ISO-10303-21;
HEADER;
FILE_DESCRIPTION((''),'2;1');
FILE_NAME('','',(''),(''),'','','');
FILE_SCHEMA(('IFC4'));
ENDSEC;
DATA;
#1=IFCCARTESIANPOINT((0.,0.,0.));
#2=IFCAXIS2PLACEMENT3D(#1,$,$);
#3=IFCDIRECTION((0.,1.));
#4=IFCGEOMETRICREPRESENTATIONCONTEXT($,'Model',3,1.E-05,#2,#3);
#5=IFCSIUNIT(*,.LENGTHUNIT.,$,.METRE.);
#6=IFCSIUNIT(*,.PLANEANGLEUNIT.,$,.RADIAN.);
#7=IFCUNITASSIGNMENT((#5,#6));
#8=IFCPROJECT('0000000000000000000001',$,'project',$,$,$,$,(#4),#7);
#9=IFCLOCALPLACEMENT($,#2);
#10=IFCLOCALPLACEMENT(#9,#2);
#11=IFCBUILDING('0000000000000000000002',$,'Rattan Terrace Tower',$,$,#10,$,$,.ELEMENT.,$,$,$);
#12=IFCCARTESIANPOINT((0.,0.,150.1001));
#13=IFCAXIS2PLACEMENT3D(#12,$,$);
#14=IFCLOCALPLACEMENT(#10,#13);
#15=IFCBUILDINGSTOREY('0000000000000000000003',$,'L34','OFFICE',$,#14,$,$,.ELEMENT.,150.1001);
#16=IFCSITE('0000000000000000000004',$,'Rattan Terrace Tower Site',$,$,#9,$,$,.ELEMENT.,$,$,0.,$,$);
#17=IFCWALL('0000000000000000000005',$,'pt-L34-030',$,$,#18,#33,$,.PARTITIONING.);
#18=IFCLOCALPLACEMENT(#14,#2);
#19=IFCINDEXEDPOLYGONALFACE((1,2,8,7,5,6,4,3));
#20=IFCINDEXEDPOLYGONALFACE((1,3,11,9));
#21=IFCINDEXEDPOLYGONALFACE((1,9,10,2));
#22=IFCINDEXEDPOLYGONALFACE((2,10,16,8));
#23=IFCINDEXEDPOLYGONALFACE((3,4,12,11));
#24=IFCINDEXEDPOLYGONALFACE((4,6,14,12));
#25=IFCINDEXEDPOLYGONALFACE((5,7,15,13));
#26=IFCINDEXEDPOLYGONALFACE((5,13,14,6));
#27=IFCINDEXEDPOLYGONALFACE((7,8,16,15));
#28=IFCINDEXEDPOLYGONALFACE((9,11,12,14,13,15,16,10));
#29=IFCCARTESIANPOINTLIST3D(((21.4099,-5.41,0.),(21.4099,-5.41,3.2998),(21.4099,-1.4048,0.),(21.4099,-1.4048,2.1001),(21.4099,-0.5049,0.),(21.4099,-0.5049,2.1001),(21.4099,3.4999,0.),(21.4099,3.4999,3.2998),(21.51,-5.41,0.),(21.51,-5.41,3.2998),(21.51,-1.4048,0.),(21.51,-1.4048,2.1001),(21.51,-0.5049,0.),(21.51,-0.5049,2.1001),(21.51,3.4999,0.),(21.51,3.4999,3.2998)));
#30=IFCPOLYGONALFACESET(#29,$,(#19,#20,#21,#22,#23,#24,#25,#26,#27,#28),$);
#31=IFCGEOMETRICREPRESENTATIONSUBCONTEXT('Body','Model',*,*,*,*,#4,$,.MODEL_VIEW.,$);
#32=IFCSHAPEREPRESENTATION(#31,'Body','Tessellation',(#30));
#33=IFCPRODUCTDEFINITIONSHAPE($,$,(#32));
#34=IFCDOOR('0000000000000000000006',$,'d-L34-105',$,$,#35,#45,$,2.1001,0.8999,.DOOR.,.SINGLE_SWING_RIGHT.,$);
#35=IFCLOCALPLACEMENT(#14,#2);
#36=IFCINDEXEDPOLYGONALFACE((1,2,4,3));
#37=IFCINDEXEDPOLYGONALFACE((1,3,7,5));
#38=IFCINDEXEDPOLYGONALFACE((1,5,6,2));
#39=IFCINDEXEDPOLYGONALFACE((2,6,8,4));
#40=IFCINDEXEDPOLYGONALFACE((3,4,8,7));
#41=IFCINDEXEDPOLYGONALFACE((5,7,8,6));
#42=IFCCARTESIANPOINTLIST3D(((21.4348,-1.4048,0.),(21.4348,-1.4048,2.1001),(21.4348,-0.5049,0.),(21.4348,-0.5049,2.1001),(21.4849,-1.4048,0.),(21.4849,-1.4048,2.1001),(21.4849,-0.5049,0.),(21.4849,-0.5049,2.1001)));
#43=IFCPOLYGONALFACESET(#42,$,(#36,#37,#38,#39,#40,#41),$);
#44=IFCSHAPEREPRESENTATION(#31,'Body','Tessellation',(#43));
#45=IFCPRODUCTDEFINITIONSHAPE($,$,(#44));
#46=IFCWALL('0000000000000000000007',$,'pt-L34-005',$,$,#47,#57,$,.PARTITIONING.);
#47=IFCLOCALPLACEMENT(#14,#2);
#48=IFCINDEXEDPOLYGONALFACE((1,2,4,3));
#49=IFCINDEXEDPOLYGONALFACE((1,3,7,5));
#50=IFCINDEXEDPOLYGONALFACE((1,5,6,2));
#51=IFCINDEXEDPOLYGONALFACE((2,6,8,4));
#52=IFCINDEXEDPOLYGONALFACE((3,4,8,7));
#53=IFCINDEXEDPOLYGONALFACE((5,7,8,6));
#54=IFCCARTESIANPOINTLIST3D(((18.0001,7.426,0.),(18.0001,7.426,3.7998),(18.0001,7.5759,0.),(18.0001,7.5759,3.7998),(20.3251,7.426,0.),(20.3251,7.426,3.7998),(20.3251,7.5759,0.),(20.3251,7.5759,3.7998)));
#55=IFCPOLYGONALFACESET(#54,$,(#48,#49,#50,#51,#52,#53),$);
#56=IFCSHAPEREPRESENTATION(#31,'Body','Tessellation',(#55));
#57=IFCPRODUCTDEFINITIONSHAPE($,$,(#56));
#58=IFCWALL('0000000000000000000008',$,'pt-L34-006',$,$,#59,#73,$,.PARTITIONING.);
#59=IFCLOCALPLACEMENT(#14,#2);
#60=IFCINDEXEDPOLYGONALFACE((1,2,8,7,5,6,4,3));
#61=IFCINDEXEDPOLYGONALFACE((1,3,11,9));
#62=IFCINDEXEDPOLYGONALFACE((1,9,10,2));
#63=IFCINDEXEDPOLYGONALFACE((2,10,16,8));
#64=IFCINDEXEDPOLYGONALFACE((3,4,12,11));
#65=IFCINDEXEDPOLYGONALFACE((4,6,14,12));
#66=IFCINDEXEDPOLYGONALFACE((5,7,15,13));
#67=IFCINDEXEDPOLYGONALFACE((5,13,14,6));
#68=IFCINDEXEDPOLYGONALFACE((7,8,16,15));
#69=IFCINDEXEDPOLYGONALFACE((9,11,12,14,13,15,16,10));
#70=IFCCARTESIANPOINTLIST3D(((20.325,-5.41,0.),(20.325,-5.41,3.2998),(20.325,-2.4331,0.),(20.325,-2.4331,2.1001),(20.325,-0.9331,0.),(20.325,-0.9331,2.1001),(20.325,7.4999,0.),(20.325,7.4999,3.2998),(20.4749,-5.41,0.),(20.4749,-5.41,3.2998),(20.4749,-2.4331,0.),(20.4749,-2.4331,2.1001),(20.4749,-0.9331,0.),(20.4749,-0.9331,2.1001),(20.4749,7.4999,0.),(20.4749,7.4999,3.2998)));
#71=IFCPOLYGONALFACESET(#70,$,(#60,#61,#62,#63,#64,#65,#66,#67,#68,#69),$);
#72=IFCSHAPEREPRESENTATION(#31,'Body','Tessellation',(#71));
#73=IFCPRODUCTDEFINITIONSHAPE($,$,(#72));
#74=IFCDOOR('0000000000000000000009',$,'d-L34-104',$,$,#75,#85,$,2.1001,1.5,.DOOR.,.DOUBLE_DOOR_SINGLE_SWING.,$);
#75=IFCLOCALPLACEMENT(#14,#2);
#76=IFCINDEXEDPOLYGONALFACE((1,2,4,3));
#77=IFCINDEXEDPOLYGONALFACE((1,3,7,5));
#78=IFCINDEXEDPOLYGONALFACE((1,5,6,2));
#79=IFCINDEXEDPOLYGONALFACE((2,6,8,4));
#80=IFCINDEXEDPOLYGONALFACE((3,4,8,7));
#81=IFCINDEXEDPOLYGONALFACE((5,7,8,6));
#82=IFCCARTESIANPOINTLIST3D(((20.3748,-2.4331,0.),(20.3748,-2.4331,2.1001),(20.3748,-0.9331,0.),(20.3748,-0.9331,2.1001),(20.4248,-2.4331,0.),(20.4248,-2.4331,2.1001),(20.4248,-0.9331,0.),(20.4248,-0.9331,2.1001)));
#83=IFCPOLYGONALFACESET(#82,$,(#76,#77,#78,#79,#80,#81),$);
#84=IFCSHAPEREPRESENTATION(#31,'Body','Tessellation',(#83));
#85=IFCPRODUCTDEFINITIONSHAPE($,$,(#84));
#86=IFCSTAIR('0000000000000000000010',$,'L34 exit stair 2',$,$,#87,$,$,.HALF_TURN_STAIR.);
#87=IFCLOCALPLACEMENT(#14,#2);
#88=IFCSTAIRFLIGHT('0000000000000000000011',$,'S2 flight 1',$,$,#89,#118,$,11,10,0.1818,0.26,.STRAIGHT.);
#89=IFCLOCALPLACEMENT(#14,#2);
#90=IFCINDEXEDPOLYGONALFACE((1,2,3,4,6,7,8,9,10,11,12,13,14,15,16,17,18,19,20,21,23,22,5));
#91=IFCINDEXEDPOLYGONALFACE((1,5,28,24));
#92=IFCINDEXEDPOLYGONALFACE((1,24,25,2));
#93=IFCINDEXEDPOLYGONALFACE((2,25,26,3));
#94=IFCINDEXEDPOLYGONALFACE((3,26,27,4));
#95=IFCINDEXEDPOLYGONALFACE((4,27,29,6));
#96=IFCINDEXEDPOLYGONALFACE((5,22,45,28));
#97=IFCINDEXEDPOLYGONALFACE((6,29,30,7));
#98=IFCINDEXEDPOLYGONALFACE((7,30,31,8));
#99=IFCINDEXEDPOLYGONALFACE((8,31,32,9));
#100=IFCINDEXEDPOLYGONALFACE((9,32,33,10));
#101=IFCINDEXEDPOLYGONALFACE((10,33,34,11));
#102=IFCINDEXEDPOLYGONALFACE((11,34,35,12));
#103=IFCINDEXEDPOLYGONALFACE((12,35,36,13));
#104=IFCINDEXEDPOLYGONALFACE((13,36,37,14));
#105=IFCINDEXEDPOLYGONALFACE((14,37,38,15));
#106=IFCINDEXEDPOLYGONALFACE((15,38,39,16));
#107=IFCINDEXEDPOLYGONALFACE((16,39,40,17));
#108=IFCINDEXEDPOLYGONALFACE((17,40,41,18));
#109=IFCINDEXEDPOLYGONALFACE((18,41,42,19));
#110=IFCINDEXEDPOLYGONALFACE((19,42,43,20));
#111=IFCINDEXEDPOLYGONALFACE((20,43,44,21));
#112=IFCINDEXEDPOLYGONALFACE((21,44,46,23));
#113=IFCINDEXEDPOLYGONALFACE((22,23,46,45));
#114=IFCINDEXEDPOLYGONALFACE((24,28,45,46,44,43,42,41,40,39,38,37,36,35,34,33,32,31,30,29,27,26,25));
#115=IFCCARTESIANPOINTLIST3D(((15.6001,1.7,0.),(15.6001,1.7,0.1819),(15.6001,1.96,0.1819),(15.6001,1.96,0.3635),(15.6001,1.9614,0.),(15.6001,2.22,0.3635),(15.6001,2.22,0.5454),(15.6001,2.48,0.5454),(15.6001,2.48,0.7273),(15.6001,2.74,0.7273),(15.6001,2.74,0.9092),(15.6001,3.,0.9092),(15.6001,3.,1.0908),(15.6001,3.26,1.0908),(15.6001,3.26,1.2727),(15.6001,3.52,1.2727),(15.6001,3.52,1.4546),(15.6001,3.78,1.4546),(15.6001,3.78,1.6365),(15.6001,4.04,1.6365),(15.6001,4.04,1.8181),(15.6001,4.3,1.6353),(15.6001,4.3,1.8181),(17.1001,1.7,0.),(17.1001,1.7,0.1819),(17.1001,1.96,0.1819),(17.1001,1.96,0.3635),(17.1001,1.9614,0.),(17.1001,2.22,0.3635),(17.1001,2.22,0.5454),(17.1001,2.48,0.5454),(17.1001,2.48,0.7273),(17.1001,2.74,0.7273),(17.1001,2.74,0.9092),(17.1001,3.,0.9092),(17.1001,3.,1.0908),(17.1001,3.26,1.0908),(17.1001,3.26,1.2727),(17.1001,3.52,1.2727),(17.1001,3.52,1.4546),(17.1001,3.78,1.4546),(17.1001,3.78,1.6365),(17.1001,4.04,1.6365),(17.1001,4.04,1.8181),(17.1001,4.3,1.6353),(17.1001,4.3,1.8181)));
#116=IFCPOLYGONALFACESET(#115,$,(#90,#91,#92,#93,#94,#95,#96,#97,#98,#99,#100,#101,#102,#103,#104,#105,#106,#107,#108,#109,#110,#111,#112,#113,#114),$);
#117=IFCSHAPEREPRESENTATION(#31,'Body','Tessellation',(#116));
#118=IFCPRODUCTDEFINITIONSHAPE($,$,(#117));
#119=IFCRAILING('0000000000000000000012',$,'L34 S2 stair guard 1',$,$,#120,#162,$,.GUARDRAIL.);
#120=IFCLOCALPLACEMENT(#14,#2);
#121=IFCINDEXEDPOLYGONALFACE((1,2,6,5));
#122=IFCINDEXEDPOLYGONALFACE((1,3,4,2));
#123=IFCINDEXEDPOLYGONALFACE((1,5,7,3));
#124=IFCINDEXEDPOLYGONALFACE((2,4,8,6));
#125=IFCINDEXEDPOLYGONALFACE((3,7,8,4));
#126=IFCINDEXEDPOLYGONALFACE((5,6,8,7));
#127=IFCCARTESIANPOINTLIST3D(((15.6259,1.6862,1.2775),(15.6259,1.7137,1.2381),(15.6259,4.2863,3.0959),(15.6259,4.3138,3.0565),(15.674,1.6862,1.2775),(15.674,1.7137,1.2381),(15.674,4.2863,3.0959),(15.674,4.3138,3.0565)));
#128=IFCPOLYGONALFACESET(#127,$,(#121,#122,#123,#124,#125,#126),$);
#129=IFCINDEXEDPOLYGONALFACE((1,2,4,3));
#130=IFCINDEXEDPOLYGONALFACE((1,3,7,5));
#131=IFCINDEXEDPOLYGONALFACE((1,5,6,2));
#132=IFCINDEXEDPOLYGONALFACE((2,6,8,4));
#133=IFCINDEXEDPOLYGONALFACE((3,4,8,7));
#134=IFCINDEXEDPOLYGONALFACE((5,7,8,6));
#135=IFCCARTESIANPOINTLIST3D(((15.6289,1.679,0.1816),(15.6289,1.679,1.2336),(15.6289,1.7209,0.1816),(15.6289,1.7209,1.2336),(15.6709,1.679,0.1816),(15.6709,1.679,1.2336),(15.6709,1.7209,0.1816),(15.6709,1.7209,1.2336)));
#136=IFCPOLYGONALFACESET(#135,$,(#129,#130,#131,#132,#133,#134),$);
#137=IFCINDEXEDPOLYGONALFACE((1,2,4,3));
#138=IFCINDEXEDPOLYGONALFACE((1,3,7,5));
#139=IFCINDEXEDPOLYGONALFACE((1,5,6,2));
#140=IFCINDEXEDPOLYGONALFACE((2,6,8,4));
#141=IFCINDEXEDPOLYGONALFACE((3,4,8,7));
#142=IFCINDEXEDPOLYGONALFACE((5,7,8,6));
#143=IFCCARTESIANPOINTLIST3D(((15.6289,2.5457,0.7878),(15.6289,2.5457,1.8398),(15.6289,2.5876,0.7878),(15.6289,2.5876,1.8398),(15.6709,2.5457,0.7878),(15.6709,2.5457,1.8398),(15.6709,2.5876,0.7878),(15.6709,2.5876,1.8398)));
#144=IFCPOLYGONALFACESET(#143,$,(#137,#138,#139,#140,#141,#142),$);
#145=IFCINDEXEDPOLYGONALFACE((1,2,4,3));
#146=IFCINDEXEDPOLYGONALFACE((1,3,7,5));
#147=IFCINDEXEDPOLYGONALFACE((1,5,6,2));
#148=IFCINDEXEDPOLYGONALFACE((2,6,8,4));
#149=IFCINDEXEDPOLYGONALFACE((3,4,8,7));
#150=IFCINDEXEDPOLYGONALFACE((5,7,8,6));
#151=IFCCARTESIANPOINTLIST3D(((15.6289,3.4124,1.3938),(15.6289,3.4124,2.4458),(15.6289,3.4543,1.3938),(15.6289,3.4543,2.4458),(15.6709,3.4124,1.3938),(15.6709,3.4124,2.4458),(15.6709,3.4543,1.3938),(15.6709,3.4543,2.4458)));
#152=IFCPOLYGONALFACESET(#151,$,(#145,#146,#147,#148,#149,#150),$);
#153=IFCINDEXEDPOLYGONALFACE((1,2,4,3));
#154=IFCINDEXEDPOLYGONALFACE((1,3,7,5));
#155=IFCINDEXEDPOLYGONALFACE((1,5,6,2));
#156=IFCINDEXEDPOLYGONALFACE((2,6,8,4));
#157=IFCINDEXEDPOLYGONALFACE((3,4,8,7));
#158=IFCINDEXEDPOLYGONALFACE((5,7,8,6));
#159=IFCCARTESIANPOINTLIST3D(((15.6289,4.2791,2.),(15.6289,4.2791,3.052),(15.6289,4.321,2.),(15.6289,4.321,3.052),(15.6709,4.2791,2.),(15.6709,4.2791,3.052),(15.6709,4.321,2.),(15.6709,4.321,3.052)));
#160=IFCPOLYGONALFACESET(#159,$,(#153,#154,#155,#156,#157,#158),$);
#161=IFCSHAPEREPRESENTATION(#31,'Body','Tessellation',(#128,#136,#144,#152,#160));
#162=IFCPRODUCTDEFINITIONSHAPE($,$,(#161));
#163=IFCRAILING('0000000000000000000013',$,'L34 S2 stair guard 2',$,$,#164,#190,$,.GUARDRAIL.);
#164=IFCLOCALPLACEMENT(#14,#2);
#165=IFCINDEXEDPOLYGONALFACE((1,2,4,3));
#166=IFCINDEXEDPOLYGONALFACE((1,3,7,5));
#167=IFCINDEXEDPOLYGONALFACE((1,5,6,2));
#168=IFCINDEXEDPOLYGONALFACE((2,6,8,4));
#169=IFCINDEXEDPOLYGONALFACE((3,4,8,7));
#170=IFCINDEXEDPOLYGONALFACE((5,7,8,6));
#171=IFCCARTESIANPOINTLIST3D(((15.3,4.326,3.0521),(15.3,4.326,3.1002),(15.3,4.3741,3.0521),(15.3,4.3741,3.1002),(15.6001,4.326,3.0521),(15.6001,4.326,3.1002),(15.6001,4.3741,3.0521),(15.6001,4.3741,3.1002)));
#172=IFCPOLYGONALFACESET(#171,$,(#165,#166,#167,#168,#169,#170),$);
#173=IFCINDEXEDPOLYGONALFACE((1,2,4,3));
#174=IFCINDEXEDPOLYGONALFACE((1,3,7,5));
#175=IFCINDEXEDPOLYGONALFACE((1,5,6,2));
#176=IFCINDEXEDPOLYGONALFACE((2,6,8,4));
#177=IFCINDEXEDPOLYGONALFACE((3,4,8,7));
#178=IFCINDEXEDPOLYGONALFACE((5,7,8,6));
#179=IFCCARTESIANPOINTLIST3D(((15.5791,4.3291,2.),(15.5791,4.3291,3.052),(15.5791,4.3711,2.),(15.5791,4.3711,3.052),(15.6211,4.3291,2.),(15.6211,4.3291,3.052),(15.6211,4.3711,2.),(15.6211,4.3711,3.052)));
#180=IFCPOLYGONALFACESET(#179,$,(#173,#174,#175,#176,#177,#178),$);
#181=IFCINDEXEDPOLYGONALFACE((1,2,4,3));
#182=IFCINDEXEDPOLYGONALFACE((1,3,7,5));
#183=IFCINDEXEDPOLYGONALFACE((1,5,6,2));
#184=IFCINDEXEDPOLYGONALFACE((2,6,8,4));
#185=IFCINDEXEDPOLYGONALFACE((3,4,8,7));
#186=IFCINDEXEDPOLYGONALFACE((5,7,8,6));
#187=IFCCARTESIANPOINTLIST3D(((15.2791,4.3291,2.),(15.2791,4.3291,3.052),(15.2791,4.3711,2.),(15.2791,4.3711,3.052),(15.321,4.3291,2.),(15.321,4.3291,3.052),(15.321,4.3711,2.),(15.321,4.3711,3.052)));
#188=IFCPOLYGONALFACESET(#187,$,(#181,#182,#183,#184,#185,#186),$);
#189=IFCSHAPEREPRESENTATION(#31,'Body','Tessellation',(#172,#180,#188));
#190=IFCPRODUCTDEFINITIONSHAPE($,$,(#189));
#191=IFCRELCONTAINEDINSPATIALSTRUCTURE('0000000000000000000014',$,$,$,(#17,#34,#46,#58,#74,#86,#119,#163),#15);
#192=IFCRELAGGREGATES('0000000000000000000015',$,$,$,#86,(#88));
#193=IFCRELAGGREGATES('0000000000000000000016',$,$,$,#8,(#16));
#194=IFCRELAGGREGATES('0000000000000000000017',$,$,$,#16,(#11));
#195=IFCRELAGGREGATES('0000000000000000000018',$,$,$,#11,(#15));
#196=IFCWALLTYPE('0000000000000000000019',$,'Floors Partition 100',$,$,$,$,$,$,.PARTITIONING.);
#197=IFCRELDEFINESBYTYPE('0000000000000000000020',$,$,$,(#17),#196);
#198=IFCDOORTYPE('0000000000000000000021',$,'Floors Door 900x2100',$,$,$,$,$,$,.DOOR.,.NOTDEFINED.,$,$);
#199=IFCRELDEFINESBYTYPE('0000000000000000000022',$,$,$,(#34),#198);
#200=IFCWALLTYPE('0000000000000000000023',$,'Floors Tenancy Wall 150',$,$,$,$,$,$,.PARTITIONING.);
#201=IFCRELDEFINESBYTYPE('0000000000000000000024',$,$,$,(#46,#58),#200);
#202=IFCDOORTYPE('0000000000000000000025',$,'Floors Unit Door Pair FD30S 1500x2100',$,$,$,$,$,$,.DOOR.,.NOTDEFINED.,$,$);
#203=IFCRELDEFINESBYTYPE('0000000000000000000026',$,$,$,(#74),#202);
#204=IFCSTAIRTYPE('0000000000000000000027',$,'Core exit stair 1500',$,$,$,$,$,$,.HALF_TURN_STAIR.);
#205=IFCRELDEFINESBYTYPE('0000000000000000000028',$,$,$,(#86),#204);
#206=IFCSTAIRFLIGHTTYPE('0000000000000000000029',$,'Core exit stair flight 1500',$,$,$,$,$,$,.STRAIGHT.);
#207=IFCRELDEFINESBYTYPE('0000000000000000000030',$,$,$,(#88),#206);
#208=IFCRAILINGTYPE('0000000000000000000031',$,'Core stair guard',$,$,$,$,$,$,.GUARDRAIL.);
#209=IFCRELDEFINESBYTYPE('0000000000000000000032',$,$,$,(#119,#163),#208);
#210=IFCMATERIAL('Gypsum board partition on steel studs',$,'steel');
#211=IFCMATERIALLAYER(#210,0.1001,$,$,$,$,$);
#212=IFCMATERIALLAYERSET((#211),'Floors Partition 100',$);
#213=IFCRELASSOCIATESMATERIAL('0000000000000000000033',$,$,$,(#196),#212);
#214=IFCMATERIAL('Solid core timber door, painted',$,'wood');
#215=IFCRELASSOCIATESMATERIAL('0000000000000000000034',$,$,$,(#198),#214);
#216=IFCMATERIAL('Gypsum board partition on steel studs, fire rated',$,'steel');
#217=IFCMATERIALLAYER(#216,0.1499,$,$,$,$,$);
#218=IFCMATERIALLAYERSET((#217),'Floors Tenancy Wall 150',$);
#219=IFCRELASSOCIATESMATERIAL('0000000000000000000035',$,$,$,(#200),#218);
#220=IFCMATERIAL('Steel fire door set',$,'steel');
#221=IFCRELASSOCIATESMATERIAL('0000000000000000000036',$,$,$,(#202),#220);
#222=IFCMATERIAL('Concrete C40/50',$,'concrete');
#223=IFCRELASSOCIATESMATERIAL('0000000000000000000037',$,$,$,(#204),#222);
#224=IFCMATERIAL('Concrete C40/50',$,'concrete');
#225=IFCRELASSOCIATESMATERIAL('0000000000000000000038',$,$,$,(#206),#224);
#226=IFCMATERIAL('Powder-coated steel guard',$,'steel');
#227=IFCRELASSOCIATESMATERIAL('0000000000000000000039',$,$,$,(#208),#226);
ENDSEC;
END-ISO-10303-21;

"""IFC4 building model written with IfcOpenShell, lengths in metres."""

from ifc_helpers import new_model, si_unit, direction, frame, frame_2d, origin, origin_2d, place, context, subcontext, project, spatial, polyline, rectangle, outline, extrude, material, layer, layer_set, type_object, element, fill, aggregate, save


model = new_model("IFC4")

# Units and contexts
model_context = context("Model", 3, precision=1e-05, world=origin(), true_north=direction((0.0, 1.0)))
body_context = subcontext(model_context, "Body", "Model", "MODEL_VIEW")
ifc_project = project(units=[si_unit("LENGTHUNIT", "METRE"), si_unit("PLANEANGLEUNIT", "RADIAN")], contexts=[model_context])

# Site, building, storey
site_placement = place(None, origin())
site = spatial("IfcSite", under=ifc_project, at=site_placement, Name="Rattan Terrace Tower Site", CompositionType="ELEMENT", RefElevation=0.0)
building_placement = place(site_placement, origin())
building = spatial("IfcBuilding", under=site, at=building_placement, Name="Rattan Terrace Tower", CompositionType="ELEMENT")
storey_placement = place(building_placement, frame((0.0, 0.0, 150.1001)))
storey = spatial("IfcBuildingStorey", under=building, at=storey_placement, Name="L34", Description="OFFICE", CompositionType="ELEMENT", Elevation=150.1001)

# Wall, opening, door
ifc_material_1 = material(Name="Gypsum board partition on steel studs", Category="steel")
ifc_layer_1 = layer(ifc_material_1, 0.1001)
ifc_layer_set_1 = layer_set([ifc_layer_1], Name="Floors Partition 100")
wall_type_1 = type_object("IfcWallType", Name="Floors Partition 100", PredefinedType="PARTITIONING", material=ifc_layer_set_1)
wall_1_placement = place(storey_placement, frame((21.46, 3.5, 0.0), z_axis=(0.0, 0.0, 1.0), x_axis=(0.0, -1.0, 0.0)))
wall_1 = element("IfcWall", 1, at=wall_1_placement, inside=storey, type_object=wall_type_1, Name="pt-L34-030", PredefinedType="PARTITIONING", context=body_context, shape_type="SweptSolid", body=[
    extrude(rectangle(XDim=8.9099, YDim=0.1001, at=frame_2d((4.4551, 0.0))), origin(), (0.0, 0.0, 1.0), 3.2998),
])
opening_1_placement = place(wall_1_placement, frame((4.0049, 0.0, 0.0)))
opening_1 = element("IfcOpeningElement", 2, at=opening_1_placement, cuts=wall_1, PredefinedType="OPENING", context=body_context, shape_type="SweptSolid", body=[
    extrude(rectangle(XDim=0.8999, YDim=2.1001, at=frame_2d((0.45, 1.05))), frame((0.0, 0.0605, 0.0), z_axis=(0.0, -1.0, 0.0), x_axis=(1.0, 0.0, 0.0)), (0.0, 0.0, 1.0), 0.1211),
])
ifc_material_2 = material(Name="Solid core timber door, painted", Category="wood")
door_type_1 = type_object("IfcDoorType", Name="Floors Door 900x2100", OperationType="NOTDEFINED", PredefinedType="DOOR", material=ifc_material_2)
door_1_placement = place(opening_1_placement, origin())
door_1 = element("IfcDoor", 3, at=door_1_placement, inside=storey, type_object=door_type_1, Name="d-L34-105", OperationType="SINGLE_SWING_RIGHT", OverallHeight=2.1001, OverallWidth=0.8999, PredefinedType="DOOR", context=body_context, shape_type="SweptSolid", body=[
    extrude(rectangle(XDim=0.8999, YDim=2.1001, at=frame_2d((0.45, 1.05))), frame((0.0, 0.0249, 0.0), z_axis=(0.0, -1.0, 0.0), x_axis=(1.0, 0.0, 0.0)), (0.0, 0.0, 1.0), 0.05),
])
fill(opening_1, door_1)

# Wall
ifc_material_3 = material(Name="Gypsum board partition on steel studs, fire rated", Category="steel")
ifc_layer_2 = layer(ifc_material_3, 0.1499)
ifc_layer_set_2 = layer_set([ifc_layer_2], Name="Floors Tenancy Wall 150")
wall_type_2 = type_object("IfcWallType", Name="Floors Tenancy Wall 150", PredefinedType="PARTITIONING", material=ifc_layer_set_2)
wall_2_placement = place(storey_placement, frame((18.0, 7.501, 0.0), z_axis=(0.0, 0.0, 1.0), x_axis=(1.0, 0.0, 0.0)))
element("IfcWall", 4, at=wall_2_placement, inside=storey, type_object=wall_type_2, Name="pt-L34-005", PredefinedType="PARTITIONING", context=body_context, shape_type="SweptSolid", body=[
    extrude(rectangle(XDim=2.325, YDim=0.1499, at=frame_2d((1.1626, 0.0))), origin(), (0.0, 0.0, 1.0), 3.7998),
])

# Wall, opening, door
wall_3_placement = place(storey_placement, frame((20.3999, 7.5, 0.0), z_axis=(0.0, 0.0, 1.0), x_axis=(0.0, -1.0, 0.0)))
wall_3 = element("IfcWall", 5, at=wall_3_placement, inside=storey, type_object=wall_type_2, Name="pt-L34-006", PredefinedType="PARTITIONING", context=body_context, shape_type="SweptSolid", body=[
    extrude(rectangle(XDim=12.9099, YDim=0.1499, at=frame_2d((6.4551, 0.0))), origin(), (0.0, 0.0, 1.0), 3.2998),
])
opening_2_placement = place(wall_3_placement, frame((8.4331, 0.0, 0.0)))
opening_2 = element("IfcOpeningElement", 6, at=opening_2_placement, cuts=wall_3, PredefinedType="OPENING", context=body_context, shape_type="SweptSolid", body=[
    extrude(rectangle(XDim=1.5, YDim=2.1001, at=frame_2d((0.75, 1.05))), frame((0.0, 0.0854, 0.0), z_axis=(0.0, -1.0, 0.0), x_axis=(1.0, 0.0, 0.0)), (0.0, 0.0, 1.0), 0.1709),
])
ifc_material_4 = material(Name="Steel fire door set", Category="steel")
door_type_2 = type_object("IfcDoorType", Name="Floors Unit Door Pair FD30S 1500x2100", OperationType="NOTDEFINED", PredefinedType="DOOR", material=ifc_material_4)
door_2_placement = place(opening_2_placement, origin())
door_2 = element("IfcDoor", 7, at=door_2_placement, inside=storey, type_object=door_type_2, Name="d-L34-104", OperationType="DOUBLE_DOOR_SINGLE_SWING", OverallHeight=2.1001, OverallWidth=1.5, PredefinedType="DOOR", context=body_context, shape_type="SweptSolid", body=[
    extrude(rectangle(XDim=1.5, YDim=2.1001, at=frame_2d((0.75, 1.05))), frame((0.0, 0.0249, 0.0), z_axis=(0.0, -1.0, 0.0), x_axis=(1.0, 0.0, 0.0)), (0.0, 0.0, 1.0), 0.05),
])
fill(opening_2, door_2)

# Stair, stair flight
ifc_material_5 = material(Name="Concrete C40/50", Category="concrete")
stair_type = type_object("IfcStairType", Name="Core exit stair 1500", PredefinedType="HALF_TURN_STAIR", material=ifc_material_5)
stair_placement = place(storey_placement, origin())
stair = element("IfcStair", 8, at=stair_placement, inside=storey, type_object=stair_type, Name="L34 exit stair 2", PredefinedType="HALF_TURN_STAIR")
ifc_material_6 = material(Name="Concrete C40/50", Category="concrete")
stair_flight_type = type_object("IfcStairFlightType", Name="Core exit stair flight 1500", PredefinedType="STRAIGHT", material=ifc_material_6)
stair_flight_placement = place(storey_placement, frame((16.3501, 1.7, 0.0), z_axis=(0.0, 0.0, 1.0), x_axis=(0.0, 1.0, 0.0)))
stair_flight = element("IfcStairFlight", 9, at=stair_flight_placement, type_object=stair_flight_type, Name="S2 flight 1", NumberOfRisers=11, NumberOfTreads=10, PredefinedType="STRAIGHT", RiserHeight=0.1818, TreadLength=0.26, context=body_context, shape_type="SweptSolid", body=[
    extrude(outline(polyline([(0.0, 0.0), (0.0, 0.1819), (0.26, 0.1819), (0.26, 0.3635), (0.52, 0.3635), (0.52, 0.5454), (0.78, 0.5454), (0.78, 0.7273), (1.04, 0.7273), (1.04, 0.9092), (1.3, 0.9092), (1.3, 1.0908), (1.5601, 1.0908), (1.5601, 1.2727), (1.8201, 1.2727), (1.8201, 1.4546), (2.0801, 1.4546), (2.0801, 1.6365), (2.3401, 1.6365), (2.3401, 1.8181), (2.6001, 1.8181), (2.6001, 2.0), (2.6001, 1.6353), (0.2615, 0.0), (0.0, 0.0)])), frame((0.0, 0.75, 0.0), z_axis=(0.0, -1.0, 0.0), x_axis=(1.0, 0.0, 0.0)), (0.0, 0.0, 1.0), 1.5),
])
aggregate(stair, [stair_flight])

# Railings
ifc_material_7 = material(Name="Powder-coated steel guard", Category="steel")
railing_type_1 = type_object("IfcRailingType", Name="Core stair guard", PredefinedType="GUARDRAIL", material=ifc_material_7)
railing_1_placement = place(storey_placement, frame((15.6499, 1.7, 0.1816)))
element("IfcRailing", 10, at=railing_1_placement, inside=storey, type_object=railing_type_1, Name="L34 S2 stair guard 1", PredefinedType="GUARDRAIL", context=body_context, shape_type="SweptSolid", body=[
    extrude(rectangle(XDim=0.0481, YDim=0.0481, at=origin_2d()), frame((0.0, 0.0, 1.0762), z_axis=(0.0, 0.819485, 0.573101), x_axis=(-1.0, 0.0, 0.0)), (0.0, 0.0, 1.0), 3.1729),
    extrude(rectangle(XDim=0.042, YDim=0.042, at=origin_2d()), origin(), (0.0, 0.0, 1.0), 1.052),
    extrude(rectangle(XDim=0.042, YDim=0.042, at=origin_2d()), frame((0.0, 0.8667, 0.6062)), (0.0, 0.0, 1.0), 1.052),
    extrude(rectangle(XDim=0.042, YDim=0.042, at=origin_2d()), frame((0.0, 1.7334, 1.2122)), (0.0, 0.0, 1.0), 1.052),
    extrude(rectangle(XDim=0.042, YDim=0.042, at=origin_2d()), frame((0.0, 2.6001, 1.8184)), (0.0, 0.0, 1.0), 1.052),
])
for number, where, name in (
    (11, (15.6001, 4.3501, 2.0), "L34 S2 stair guard 2"),
):
    element("IfcRailing", number, at=place(storey_placement, frame(where)), inside=storey, type_object=railing_type_1, Name=name, PredefinedType="GUARDRAIL", context=body_context, shape_type="SweptSolid", body=[
        extrude(rectangle(XDim=0.0481, YDim=0.0481, at=origin_2d()), frame((0.0, 0.0, 1.0762), z_axis=(-1.0, 0.0, 0.0), x_axis=(0.0, -1.0, 0.0)), (0.0, 0.0, 1.0), 0.3),
        extrude(rectangle(XDim=0.042, YDim=0.042, at=origin_2d()), origin(), (0.0, 0.0, 1.0), 1.052),
        extrude(rectangle(XDim=0.042, YDim=0.042, at=origin_2d()), frame((-0.3, 0.0, 0.0)), (0.0, 0.0, 1.0), 1.052),
    ])

save(model, "model.ifc")
